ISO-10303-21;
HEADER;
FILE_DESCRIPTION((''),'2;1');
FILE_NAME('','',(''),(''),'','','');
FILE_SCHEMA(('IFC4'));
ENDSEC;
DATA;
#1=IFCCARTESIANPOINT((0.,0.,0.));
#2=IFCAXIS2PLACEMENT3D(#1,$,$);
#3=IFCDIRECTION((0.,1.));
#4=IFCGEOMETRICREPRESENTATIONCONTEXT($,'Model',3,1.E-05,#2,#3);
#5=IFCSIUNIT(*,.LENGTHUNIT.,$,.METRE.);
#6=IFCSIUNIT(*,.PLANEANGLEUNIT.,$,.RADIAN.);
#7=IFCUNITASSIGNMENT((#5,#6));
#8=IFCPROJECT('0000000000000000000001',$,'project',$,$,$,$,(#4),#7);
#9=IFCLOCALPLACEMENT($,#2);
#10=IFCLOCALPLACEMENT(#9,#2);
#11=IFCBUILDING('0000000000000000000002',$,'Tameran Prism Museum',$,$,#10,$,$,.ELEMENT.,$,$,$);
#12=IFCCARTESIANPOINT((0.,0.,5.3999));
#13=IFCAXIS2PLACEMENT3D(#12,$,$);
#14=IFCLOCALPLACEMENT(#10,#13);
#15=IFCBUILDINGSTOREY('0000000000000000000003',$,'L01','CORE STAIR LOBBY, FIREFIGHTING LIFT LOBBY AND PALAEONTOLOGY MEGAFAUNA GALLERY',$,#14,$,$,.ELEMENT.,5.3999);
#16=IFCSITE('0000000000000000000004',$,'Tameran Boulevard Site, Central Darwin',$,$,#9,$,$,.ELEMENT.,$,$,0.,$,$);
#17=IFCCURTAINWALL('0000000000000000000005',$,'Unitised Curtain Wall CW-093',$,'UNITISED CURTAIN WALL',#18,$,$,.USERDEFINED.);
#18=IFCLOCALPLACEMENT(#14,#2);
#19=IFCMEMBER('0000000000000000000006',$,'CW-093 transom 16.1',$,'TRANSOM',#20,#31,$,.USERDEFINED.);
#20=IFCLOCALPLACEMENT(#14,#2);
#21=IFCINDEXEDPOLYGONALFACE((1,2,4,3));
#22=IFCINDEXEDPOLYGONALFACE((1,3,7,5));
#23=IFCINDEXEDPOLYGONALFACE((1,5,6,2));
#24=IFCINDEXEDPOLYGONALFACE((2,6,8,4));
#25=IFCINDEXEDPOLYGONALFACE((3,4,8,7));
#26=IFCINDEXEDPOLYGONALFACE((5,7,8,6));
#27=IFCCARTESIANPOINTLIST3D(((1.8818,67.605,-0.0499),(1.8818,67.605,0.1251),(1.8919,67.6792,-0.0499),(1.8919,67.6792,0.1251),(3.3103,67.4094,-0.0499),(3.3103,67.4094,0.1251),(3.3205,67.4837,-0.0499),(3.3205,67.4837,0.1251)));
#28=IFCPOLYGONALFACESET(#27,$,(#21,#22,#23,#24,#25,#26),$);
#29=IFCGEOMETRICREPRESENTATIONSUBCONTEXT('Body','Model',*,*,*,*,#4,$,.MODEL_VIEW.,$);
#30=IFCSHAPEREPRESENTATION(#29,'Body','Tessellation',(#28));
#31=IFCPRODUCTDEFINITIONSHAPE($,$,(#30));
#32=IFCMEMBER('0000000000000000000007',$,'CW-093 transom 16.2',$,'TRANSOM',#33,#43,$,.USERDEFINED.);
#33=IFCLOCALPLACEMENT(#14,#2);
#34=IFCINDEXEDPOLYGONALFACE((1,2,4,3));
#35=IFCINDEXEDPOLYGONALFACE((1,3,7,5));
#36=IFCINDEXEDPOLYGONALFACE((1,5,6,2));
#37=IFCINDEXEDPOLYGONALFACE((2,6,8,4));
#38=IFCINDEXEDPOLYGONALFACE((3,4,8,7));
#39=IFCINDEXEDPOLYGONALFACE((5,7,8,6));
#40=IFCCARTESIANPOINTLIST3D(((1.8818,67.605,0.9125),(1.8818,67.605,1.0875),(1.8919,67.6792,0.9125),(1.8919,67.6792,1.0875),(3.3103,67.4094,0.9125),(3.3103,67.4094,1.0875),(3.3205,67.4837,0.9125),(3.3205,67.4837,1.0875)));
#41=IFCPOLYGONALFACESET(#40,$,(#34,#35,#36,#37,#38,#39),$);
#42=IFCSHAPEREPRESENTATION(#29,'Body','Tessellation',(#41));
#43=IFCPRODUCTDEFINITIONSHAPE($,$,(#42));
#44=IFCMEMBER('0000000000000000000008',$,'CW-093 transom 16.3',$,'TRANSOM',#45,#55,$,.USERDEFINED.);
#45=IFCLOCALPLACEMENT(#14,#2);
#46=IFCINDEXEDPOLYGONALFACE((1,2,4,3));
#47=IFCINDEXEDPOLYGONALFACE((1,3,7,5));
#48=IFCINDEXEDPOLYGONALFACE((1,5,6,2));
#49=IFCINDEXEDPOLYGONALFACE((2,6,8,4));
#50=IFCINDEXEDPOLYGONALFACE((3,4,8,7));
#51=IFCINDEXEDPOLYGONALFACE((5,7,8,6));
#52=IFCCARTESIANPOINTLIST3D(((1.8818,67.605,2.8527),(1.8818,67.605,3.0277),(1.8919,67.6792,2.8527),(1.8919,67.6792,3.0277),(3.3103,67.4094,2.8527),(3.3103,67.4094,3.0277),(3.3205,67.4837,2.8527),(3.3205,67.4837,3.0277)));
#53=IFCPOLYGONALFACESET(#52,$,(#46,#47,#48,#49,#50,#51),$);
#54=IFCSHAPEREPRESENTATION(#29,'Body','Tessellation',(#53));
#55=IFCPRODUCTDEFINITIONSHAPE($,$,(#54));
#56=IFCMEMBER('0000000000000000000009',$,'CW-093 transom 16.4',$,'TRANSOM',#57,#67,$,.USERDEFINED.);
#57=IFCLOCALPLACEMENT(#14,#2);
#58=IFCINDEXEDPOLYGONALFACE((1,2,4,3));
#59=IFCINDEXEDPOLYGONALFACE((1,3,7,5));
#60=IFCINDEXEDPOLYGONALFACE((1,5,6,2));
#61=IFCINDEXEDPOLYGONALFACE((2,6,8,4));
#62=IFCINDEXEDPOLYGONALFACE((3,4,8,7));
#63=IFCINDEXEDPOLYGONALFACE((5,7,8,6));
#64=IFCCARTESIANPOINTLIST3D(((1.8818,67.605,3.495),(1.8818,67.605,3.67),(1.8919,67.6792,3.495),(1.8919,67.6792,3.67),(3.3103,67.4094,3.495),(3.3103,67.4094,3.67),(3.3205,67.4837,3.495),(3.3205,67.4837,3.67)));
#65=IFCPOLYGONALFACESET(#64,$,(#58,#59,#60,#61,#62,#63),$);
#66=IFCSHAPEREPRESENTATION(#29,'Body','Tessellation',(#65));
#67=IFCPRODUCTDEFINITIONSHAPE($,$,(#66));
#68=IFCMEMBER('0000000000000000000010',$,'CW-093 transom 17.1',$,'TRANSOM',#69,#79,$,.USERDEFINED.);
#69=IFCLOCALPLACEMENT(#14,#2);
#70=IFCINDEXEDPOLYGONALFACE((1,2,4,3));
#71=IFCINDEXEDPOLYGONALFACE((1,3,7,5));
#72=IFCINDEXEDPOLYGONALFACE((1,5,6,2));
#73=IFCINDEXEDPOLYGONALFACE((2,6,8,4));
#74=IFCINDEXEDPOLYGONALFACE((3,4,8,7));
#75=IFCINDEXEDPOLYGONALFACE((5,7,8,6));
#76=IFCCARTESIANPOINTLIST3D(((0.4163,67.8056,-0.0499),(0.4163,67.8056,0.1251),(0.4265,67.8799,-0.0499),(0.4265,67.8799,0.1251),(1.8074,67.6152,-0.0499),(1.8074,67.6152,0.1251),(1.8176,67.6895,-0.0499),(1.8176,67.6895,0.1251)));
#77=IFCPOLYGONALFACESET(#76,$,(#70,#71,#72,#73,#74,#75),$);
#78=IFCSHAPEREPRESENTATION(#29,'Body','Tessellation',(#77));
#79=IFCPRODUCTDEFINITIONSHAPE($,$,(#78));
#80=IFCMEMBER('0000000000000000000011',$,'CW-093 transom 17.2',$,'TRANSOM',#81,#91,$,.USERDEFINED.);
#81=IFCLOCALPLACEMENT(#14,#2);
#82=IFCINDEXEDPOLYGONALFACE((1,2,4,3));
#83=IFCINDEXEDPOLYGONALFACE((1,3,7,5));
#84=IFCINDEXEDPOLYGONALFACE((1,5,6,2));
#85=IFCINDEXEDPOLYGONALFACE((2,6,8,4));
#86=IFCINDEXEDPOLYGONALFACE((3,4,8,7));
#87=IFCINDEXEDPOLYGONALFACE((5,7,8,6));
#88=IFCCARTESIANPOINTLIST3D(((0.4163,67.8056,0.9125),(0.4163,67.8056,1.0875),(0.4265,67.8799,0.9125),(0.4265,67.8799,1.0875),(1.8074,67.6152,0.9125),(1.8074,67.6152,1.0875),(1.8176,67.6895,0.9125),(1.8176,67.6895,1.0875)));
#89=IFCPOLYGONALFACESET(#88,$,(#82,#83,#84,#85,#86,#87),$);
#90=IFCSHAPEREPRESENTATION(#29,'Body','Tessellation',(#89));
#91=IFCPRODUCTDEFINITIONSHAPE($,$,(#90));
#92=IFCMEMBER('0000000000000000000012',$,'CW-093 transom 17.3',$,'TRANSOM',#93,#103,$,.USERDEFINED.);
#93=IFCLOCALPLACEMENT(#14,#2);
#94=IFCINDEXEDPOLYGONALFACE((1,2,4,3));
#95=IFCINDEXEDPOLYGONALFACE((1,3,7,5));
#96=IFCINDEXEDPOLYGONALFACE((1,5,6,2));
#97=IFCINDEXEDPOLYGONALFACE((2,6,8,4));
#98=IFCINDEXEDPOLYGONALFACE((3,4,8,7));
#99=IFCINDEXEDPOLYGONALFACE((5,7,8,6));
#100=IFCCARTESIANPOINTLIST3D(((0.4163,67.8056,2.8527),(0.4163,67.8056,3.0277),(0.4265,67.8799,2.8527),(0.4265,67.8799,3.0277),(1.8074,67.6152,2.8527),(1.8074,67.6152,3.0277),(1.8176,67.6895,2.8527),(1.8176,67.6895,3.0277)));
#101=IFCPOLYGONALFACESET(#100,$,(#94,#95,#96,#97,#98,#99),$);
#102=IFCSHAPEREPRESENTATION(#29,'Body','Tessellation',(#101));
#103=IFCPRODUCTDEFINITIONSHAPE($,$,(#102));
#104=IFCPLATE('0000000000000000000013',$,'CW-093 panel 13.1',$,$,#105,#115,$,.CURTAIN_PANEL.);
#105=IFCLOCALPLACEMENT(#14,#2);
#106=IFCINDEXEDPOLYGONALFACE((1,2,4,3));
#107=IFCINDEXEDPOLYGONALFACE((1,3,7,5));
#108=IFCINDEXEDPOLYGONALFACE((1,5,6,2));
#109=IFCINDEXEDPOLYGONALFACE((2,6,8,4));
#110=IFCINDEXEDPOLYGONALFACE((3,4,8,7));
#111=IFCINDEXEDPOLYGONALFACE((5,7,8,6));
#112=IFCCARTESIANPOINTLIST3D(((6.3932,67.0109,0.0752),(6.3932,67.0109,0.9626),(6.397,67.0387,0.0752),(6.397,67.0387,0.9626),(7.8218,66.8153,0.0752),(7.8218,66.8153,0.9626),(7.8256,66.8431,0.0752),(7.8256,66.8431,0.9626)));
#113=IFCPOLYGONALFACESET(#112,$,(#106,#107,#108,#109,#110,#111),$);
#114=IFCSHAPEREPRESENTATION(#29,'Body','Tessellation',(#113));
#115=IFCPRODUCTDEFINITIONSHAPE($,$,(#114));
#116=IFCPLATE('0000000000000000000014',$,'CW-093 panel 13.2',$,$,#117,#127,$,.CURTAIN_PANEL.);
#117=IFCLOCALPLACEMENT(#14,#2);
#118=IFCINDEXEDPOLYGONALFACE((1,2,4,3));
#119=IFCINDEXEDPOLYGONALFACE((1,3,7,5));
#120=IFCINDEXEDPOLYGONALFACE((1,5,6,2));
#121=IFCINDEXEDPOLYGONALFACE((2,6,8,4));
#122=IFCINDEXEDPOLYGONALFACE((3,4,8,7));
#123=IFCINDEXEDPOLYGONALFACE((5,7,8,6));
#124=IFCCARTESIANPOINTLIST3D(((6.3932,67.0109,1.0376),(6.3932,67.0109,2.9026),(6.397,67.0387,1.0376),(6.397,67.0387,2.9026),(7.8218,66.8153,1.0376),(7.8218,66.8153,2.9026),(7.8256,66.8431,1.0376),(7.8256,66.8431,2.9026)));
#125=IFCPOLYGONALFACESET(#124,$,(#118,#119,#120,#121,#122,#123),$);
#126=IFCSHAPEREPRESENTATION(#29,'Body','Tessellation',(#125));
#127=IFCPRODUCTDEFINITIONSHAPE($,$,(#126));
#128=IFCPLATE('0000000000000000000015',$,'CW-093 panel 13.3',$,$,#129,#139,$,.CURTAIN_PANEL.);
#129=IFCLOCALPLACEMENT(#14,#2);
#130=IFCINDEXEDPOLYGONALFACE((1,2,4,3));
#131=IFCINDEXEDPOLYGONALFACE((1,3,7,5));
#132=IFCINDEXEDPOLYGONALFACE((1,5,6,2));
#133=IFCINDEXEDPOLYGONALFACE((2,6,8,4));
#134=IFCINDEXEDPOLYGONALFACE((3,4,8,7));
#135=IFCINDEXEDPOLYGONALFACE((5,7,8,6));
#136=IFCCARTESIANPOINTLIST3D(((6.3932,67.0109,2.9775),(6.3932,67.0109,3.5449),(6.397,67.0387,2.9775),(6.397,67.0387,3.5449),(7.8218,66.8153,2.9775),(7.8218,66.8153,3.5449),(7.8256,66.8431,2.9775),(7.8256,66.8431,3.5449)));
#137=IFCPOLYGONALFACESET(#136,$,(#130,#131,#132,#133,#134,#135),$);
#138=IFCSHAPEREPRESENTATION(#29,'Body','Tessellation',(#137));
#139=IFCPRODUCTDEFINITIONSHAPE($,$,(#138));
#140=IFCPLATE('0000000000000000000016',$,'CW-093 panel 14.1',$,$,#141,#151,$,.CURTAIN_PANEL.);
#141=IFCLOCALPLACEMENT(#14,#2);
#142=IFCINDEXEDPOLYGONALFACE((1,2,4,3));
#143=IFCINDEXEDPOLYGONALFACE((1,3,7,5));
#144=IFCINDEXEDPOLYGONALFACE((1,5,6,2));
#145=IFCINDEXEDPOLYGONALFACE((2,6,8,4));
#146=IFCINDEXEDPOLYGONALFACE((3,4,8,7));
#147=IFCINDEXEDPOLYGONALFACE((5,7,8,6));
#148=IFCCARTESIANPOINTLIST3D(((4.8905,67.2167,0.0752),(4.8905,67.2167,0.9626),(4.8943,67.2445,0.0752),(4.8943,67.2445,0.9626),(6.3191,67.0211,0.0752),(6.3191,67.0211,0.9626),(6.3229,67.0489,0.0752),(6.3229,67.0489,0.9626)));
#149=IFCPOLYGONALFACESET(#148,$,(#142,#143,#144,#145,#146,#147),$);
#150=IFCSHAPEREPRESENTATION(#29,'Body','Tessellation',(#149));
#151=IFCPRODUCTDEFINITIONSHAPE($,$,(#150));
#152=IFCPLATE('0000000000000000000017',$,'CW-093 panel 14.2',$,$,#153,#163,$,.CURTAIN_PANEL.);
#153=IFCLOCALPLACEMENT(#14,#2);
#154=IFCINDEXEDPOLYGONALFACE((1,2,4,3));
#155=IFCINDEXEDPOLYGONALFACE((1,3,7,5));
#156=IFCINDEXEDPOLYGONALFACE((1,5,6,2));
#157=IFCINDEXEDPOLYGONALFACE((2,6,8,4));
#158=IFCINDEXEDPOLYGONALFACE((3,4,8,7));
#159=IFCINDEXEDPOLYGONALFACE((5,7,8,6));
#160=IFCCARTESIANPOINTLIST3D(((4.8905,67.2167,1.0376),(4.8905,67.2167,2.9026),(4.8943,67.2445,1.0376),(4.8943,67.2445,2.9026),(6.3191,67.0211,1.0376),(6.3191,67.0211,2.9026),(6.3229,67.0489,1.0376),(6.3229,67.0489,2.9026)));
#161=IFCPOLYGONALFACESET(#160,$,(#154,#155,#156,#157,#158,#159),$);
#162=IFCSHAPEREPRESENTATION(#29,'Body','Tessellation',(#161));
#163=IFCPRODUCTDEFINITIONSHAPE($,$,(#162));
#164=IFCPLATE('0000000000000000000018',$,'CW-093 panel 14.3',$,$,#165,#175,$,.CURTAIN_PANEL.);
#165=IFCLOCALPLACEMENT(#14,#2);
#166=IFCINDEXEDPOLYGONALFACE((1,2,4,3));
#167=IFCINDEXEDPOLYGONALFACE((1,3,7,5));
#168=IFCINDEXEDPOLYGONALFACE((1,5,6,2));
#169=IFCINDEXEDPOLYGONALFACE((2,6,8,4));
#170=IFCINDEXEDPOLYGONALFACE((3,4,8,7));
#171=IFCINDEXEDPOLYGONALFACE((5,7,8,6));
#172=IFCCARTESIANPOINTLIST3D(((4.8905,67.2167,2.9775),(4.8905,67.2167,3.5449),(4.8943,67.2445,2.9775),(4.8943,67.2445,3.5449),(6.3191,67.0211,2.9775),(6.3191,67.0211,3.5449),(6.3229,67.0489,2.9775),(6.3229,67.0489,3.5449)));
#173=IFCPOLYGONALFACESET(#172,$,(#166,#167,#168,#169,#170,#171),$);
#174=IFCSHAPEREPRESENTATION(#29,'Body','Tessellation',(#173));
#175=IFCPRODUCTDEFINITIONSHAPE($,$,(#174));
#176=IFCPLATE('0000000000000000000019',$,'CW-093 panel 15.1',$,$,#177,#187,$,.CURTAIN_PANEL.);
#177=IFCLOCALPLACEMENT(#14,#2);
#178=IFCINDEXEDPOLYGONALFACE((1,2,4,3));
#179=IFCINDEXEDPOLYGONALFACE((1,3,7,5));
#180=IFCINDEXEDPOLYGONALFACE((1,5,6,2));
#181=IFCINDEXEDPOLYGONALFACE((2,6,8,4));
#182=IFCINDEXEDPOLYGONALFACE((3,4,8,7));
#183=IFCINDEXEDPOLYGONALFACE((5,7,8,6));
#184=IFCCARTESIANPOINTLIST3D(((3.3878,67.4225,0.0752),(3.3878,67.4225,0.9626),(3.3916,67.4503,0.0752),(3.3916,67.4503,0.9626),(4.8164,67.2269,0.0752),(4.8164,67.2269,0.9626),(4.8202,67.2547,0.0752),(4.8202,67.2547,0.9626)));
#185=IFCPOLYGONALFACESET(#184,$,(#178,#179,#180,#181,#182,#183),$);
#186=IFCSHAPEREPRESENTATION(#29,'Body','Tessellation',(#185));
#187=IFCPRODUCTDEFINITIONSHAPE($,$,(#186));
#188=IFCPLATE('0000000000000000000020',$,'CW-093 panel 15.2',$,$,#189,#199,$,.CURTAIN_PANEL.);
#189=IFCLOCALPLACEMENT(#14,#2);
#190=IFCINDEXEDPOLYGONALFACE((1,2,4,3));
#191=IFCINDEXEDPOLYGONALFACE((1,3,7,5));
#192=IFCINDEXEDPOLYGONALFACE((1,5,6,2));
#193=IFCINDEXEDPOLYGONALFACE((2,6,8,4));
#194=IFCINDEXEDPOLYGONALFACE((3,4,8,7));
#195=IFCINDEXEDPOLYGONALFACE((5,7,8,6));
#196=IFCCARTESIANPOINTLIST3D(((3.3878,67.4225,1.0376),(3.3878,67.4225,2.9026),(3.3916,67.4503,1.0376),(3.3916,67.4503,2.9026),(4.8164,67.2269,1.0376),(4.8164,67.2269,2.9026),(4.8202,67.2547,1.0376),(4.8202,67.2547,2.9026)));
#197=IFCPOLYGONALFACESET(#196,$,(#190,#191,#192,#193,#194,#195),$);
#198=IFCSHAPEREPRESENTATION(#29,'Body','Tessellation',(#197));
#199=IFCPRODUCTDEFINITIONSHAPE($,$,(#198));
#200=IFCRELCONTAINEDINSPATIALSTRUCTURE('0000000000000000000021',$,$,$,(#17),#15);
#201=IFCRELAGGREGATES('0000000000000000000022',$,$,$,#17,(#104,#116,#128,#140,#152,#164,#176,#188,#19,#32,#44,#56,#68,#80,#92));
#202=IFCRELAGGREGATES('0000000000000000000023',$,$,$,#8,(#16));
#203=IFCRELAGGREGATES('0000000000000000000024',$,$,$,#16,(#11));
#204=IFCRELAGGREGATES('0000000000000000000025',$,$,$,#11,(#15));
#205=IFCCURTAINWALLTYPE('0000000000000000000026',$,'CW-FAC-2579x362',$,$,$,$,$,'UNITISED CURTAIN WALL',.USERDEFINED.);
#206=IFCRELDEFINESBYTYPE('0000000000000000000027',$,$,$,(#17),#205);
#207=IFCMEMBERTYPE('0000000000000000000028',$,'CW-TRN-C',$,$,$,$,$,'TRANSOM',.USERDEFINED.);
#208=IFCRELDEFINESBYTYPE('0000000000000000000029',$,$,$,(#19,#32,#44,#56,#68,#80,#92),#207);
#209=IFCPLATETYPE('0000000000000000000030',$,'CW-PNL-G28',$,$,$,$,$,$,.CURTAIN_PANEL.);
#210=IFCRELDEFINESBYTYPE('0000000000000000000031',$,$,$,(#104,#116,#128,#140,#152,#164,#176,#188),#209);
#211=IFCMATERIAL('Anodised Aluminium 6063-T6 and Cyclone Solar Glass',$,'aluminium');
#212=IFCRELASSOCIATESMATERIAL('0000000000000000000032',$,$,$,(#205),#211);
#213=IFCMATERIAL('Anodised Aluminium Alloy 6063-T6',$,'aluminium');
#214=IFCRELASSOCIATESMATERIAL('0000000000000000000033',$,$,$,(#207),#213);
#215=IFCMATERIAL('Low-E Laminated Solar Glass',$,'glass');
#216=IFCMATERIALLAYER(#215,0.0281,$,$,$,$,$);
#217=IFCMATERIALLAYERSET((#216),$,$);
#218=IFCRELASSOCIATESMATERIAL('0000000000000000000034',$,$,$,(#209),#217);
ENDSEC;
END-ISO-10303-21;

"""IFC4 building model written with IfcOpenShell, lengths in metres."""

from ifc_helpers import new_model, si_unit, direction, frame, origin, origin_2d, place, context, subcontext, project, spatial, rectangle, extrude, material, layer, layer_set, material_profile, profile_set, type_object, element, aggregate, save


model = new_model("IFC4")

# Units and contexts
model_context = context("Model", 3, precision=1e-05, world=origin(), true_north=direction((0.0, 1.0)))
body_context = subcontext(model_context, "Body", "Model", "MODEL_VIEW")
ifc_project = project(units=[si_unit("LENGTHUNIT", "METRE"), si_unit("PLANEANGLEUNIT", "RADIAN")], contexts=[model_context])

# Site, building, storey
site_placement = place(None, origin())
site = spatial("IfcSite", under=ifc_project, at=site_placement, Name="Tameran Boulevard Site, Central Darwin", CompositionType="ELEMENT", RefElevation=0.0)
building_placement = place(site_placement, origin())
building = spatial("IfcBuilding", under=site, at=building_placement, Name="Tameran Prism Museum", CompositionType="ELEMENT")
storey_placement = place(building_placement, frame((0.0, 0.0, 5.3999)))
storey = spatial("IfcBuildingStorey", under=building, at=storey_placement, Name="L01", Description="CORE STAIR LOBBY, FIREFIGHTING LIFT LOBBY AND PALAEONTOLOGY MEGAFAUNA GALLERY", CompositionType="ELEMENT", Elevation=5.3999)

# Curtain wall, members, plates
ifc_material_1 = material(Name="Anodised Aluminium 6063-T6 and Cyclone Solar Glass", Category="aluminium")
curtain_wall_type = type_object("IfcCurtainWallType", Name="CW-FAC-2579x362", ElementType="UNITISED CURTAIN WALL", PredefinedType="USERDEFINED", material=ifc_material_1)
curtain_wall_placement = place(storey_placement, origin())
curtain_wall = element("IfcCurtainWall", 1, at=curtain_wall_placement, inside=storey, type_object=curtain_wall_type, Name="Unitised Curtain Wall CW-093", ObjectType="UNITISED CURTAIN WALL", PredefinedType="USERDEFINED")
ifc_material_2 = material(Name="Anodised Aluminium Alloy 6063-T6", Category="aluminium")
ifc_material_profile_1 = material_profile(ifc_material_2, rectangle(XDim=0.075, YDim=0.175, at=origin_2d()))
ifc_profile_set_1 = profile_set([ifc_material_profile_1])
member_type_1 = type_object("IfcMemberType", Name="CW-TRN-C", ElementType="TRANSOM", PredefinedType="USERDEFINED", material=ifc_profile_set_1)
member_1_placement = place(storey_placement, frame((3.3154, 67.4465, 0.0376), z_axis=(-0.990759, 0.135635, 0.0), x_axis=(-0.135635, -0.990759, 0.0)))
member_1 = element("IfcMember", 2, at=member_1_placement, type_object=member_type_1, Name="CW-093 transom 16.1", ObjectType="TRANSOM", PredefinedType="USERDEFINED", context=body_context, shape_type="SweptSolid", body=[
    extrude(rectangle(XDim=0.075, YDim=0.175, at=origin_2d()), origin(), (0.0, 0.0, 1.0), 1.4419),
])
member_2_placement = place(storey_placement, frame((3.3154, 67.4465, 1.0), z_axis=(-0.990759, 0.135635, 0.0), x_axis=(-0.135635, -0.990759, 0.0)))
member_2 = element("IfcMember", 3, at=member_2_placement, type_object=member_type_1, Name="CW-093 transom 16.2", ObjectType="TRANSOM", PredefinedType="USERDEFINED", context=body_context, shape_type="SweptSolid", body=[
    extrude(rectangle(XDim=0.075, YDim=0.175, at=origin_2d()), origin(), (0.0, 0.0, 1.0), 1.4419),
])
member_3_placement = place(storey_placement, frame((3.3154, 67.4465, 2.9402), z_axis=(-0.990759, 0.135635, 0.0), x_axis=(-0.135635, -0.990759, 0.0)))
member_3 = element("IfcMember", 4, at=member_3_placement, type_object=member_type_1, Name="CW-093 transom 16.3", ObjectType="TRANSOM", PredefinedType="USERDEFINED", context=body_context, shape_type="SweptSolid", body=[
    extrude(rectangle(XDim=0.075, YDim=0.175, at=origin_2d()), origin(), (0.0, 0.0, 1.0), 1.4419),
])
member_4_placement = place(storey_placement, frame((3.3154, 67.4465, 3.5825), z_axis=(-0.990759, 0.135635, 0.0), x_axis=(-0.135635, -0.990759, 0.0)))
member_4 = element("IfcMember", 5, at=member_4_placement, type_object=member_type_1, Name="CW-093 transom 16.4", ObjectType="TRANSOM", PredefinedType="USERDEFINED", context=body_context, shape_type="SweptSolid", body=[
    extrude(rectangle(XDim=0.075, YDim=0.175, at=origin_2d()), origin(), (0.0, 0.0, 1.0), 1.4419),
])
member_5_placement = place(storey_placement, frame((1.8125, 67.6523, 0.0376), z_axis=(-0.99076, 0.135625, 0.0), x_axis=(-0.135625, -0.99076, 0.0)))
member_5 = element("IfcMember", 6, at=member_5_placement, type_object=member_type_1, Name="CW-093 transom 17.1", ObjectType="TRANSOM", PredefinedType="USERDEFINED", context=body_context, shape_type="SweptSolid", body=[
    extrude(rectangle(XDim=0.075, YDim=0.175, at=origin_2d()), origin(), (0.0, 0.0, 1.0), 1.4041),
])
member_6_placement = place(storey_placement, frame((1.8125, 67.6523, 1.0), z_axis=(-0.99076, 0.135625, 0.0), x_axis=(-0.135625, -0.99076, 0.0)))
member_6 = element("IfcMember", 7, at=member_6_placement, type_object=member_type_1, Name="CW-093 transom 17.2", ObjectType="TRANSOM", PredefinedType="USERDEFINED", context=body_context, shape_type="SweptSolid", body=[
    extrude(rectangle(XDim=0.075, YDim=0.175, at=origin_2d()), origin(), (0.0, 0.0, 1.0), 1.4041),
])
member_7_placement = place(storey_placement, frame((1.8125, 67.6523, 2.9402), z_axis=(-0.99076, 0.135625, 0.0), x_axis=(-0.135625, -0.99076, 0.0)))
member_7 = element("IfcMember", 8, at=member_7_placement, type_object=member_type_1, Name="CW-093 transom 17.3", ObjectType="TRANSOM", PredefinedType="USERDEFINED", context=body_context, shape_type="SweptSolid", body=[
    extrude(rectangle(XDim=0.075, YDim=0.175, at=origin_2d()), origin(), (0.0, 0.0, 1.0), 1.4041),
])
ifc_material_3 = material(Name="Low-E Laminated Solar Glass", Category="glass")
ifc_layer = layer(ifc_material_3, 0.0281)
ifc_layer_set = layer_set([ifc_layer])
plate_type = type_object("IfcPlateType", Name="CW-PNL-G28", PredefinedType="CURTAIN_PANEL", material=ifc_layer_set)
plate_1_placement = place(storey_placement, frame((7.1094, 66.927, 0.0752), z_axis=(0.0, 0.0, 1.0), x_axis=(-0.990756, 0.135658, 0.0)))
plate_1 = element("IfcPlate", 9, at=plate_1_placement, type_object=plate_type, Name="CW-093 panel 13.1", PredefinedType="CURTAIN_PANEL", context=body_context, shape_type="SweptSolid", body=[
    extrude(rectangle(XDim=1.4419, YDim=0.0281, at=origin_2d()), origin(), (0.0, 0.0, 1.0), 0.8875),
])
plate_2_placement = place(storey_placement, frame((7.1094, 66.927, 1.0376), z_axis=(0.0, 0.0, 1.0), x_axis=(-0.990756, 0.135658, 0.0)))
plate_2 = element("IfcPlate", 10, at=plate_2_placement, type_object=plate_type, Name="CW-093 panel 13.2", PredefinedType="CURTAIN_PANEL", context=body_context, shape_type="SweptSolid", body=[
    extrude(rectangle(XDim=1.4419, YDim=0.0281, at=origin_2d()), origin(), (0.0, 0.0, 1.0), 1.865),
])
plate_3_placement = place(storey_placement, frame((7.1094, 66.927, 2.9775), z_axis=(0.0, 0.0, 1.0), x_axis=(-0.990756, 0.135658, 0.0)))
plate_3 = element("IfcPlate", 11, at=plate_3_placement, type_object=plate_type, Name="CW-093 panel 13.3", PredefinedType="CURTAIN_PANEL", context=body_context, shape_type="SweptSolid", body=[
    extrude(rectangle(XDim=1.4419, YDim=0.0281, at=origin_2d()), origin(), (0.0, 0.0, 1.0), 0.5674),
])
plate_4_placement = place(storey_placement, frame((5.6067, 67.1328, 0.0752), z_axis=(0.0, 0.0, 1.0), x_axis=(-0.990756, 0.135658, 0.0)))
plate_4 = element("IfcPlate", 12, at=plate_4_placement, type_object=plate_type, Name="CW-093 panel 14.1", PredefinedType="CURTAIN_PANEL", context=body_context, shape_type="SweptSolid", body=[
    extrude(rectangle(XDim=1.4419, YDim=0.0281, at=origin_2d()), origin(), (0.0, 0.0, 1.0), 0.8875),
])
plate_5_placement = place(storey_placement, frame((5.6067, 67.1328, 1.0376), z_axis=(0.0, 0.0, 1.0), x_axis=(-0.990756, 0.135658, 0.0)))
plate_5 = element("IfcPlate", 13, at=plate_5_placement, type_object=plate_type, Name="CW-093 panel 14.2", PredefinedType="CURTAIN_PANEL", context=body_context, shape_type="SweptSolid", body=[
    extrude(rectangle(XDim=1.4419, YDim=0.0281, at=origin_2d()), origin(), (0.0, 0.0, 1.0), 1.865),
])
plate_6_placement = place(storey_placement, frame((5.6067, 67.1328, 2.9775), z_axis=(0.0, 0.0, 1.0), x_axis=(-0.990756, 0.135658, 0.0)))
plate_6 = element("IfcPlate", 14, at=plate_6_placement, type_object=plate_type, Name="CW-093 panel 14.3", PredefinedType="CURTAIN_PANEL", context=body_context, shape_type="SweptSolid", body=[
    extrude(rectangle(XDim=1.4419, YDim=0.0281, at=origin_2d()), origin(), (0.0, 0.0, 1.0), 0.5674),
])
plate_7_placement = place(storey_placement, frame((4.104, 67.3386, 0.0752), z_axis=(0.0, 0.0, 1.0), x_axis=(-0.990756, 0.135658, 0.0)))
plate_7 = element("IfcPlate", 15, at=plate_7_placement, type_object=plate_type, Name="CW-093 panel 15.1", PredefinedType="CURTAIN_PANEL", context=body_context, shape_type="SweptSolid", body=[
    extrude(rectangle(XDim=1.4419, YDim=0.0281, at=origin_2d()), origin(), (0.0, 0.0, 1.0), 0.8875),
])
plate_8_placement = place(storey_placement, frame((4.104, 67.3386, 1.0376), z_axis=(0.0, 0.0, 1.0), x_axis=(-0.990756, 0.135658, 0.0)))
plate_8 = element("IfcPlate", 16, at=plate_8_placement, type_object=plate_type, Name="CW-093 panel 15.2", PredefinedType="CURTAIN_PANEL", context=body_context, shape_type="SweptSolid", body=[
    extrude(rectangle(XDim=1.4419, YDim=0.0281, at=origin_2d()), origin(), (0.0, 0.0, 1.0), 1.865),
])
aggregate(curtain_wall, [plate_1, plate_2, plate_3, plate_4, plate_5, plate_6, plate_7, plate_8, member_1, member_2, member_3, member_4, member_5, member_6, member_7])

save(model, "model.ifc")
